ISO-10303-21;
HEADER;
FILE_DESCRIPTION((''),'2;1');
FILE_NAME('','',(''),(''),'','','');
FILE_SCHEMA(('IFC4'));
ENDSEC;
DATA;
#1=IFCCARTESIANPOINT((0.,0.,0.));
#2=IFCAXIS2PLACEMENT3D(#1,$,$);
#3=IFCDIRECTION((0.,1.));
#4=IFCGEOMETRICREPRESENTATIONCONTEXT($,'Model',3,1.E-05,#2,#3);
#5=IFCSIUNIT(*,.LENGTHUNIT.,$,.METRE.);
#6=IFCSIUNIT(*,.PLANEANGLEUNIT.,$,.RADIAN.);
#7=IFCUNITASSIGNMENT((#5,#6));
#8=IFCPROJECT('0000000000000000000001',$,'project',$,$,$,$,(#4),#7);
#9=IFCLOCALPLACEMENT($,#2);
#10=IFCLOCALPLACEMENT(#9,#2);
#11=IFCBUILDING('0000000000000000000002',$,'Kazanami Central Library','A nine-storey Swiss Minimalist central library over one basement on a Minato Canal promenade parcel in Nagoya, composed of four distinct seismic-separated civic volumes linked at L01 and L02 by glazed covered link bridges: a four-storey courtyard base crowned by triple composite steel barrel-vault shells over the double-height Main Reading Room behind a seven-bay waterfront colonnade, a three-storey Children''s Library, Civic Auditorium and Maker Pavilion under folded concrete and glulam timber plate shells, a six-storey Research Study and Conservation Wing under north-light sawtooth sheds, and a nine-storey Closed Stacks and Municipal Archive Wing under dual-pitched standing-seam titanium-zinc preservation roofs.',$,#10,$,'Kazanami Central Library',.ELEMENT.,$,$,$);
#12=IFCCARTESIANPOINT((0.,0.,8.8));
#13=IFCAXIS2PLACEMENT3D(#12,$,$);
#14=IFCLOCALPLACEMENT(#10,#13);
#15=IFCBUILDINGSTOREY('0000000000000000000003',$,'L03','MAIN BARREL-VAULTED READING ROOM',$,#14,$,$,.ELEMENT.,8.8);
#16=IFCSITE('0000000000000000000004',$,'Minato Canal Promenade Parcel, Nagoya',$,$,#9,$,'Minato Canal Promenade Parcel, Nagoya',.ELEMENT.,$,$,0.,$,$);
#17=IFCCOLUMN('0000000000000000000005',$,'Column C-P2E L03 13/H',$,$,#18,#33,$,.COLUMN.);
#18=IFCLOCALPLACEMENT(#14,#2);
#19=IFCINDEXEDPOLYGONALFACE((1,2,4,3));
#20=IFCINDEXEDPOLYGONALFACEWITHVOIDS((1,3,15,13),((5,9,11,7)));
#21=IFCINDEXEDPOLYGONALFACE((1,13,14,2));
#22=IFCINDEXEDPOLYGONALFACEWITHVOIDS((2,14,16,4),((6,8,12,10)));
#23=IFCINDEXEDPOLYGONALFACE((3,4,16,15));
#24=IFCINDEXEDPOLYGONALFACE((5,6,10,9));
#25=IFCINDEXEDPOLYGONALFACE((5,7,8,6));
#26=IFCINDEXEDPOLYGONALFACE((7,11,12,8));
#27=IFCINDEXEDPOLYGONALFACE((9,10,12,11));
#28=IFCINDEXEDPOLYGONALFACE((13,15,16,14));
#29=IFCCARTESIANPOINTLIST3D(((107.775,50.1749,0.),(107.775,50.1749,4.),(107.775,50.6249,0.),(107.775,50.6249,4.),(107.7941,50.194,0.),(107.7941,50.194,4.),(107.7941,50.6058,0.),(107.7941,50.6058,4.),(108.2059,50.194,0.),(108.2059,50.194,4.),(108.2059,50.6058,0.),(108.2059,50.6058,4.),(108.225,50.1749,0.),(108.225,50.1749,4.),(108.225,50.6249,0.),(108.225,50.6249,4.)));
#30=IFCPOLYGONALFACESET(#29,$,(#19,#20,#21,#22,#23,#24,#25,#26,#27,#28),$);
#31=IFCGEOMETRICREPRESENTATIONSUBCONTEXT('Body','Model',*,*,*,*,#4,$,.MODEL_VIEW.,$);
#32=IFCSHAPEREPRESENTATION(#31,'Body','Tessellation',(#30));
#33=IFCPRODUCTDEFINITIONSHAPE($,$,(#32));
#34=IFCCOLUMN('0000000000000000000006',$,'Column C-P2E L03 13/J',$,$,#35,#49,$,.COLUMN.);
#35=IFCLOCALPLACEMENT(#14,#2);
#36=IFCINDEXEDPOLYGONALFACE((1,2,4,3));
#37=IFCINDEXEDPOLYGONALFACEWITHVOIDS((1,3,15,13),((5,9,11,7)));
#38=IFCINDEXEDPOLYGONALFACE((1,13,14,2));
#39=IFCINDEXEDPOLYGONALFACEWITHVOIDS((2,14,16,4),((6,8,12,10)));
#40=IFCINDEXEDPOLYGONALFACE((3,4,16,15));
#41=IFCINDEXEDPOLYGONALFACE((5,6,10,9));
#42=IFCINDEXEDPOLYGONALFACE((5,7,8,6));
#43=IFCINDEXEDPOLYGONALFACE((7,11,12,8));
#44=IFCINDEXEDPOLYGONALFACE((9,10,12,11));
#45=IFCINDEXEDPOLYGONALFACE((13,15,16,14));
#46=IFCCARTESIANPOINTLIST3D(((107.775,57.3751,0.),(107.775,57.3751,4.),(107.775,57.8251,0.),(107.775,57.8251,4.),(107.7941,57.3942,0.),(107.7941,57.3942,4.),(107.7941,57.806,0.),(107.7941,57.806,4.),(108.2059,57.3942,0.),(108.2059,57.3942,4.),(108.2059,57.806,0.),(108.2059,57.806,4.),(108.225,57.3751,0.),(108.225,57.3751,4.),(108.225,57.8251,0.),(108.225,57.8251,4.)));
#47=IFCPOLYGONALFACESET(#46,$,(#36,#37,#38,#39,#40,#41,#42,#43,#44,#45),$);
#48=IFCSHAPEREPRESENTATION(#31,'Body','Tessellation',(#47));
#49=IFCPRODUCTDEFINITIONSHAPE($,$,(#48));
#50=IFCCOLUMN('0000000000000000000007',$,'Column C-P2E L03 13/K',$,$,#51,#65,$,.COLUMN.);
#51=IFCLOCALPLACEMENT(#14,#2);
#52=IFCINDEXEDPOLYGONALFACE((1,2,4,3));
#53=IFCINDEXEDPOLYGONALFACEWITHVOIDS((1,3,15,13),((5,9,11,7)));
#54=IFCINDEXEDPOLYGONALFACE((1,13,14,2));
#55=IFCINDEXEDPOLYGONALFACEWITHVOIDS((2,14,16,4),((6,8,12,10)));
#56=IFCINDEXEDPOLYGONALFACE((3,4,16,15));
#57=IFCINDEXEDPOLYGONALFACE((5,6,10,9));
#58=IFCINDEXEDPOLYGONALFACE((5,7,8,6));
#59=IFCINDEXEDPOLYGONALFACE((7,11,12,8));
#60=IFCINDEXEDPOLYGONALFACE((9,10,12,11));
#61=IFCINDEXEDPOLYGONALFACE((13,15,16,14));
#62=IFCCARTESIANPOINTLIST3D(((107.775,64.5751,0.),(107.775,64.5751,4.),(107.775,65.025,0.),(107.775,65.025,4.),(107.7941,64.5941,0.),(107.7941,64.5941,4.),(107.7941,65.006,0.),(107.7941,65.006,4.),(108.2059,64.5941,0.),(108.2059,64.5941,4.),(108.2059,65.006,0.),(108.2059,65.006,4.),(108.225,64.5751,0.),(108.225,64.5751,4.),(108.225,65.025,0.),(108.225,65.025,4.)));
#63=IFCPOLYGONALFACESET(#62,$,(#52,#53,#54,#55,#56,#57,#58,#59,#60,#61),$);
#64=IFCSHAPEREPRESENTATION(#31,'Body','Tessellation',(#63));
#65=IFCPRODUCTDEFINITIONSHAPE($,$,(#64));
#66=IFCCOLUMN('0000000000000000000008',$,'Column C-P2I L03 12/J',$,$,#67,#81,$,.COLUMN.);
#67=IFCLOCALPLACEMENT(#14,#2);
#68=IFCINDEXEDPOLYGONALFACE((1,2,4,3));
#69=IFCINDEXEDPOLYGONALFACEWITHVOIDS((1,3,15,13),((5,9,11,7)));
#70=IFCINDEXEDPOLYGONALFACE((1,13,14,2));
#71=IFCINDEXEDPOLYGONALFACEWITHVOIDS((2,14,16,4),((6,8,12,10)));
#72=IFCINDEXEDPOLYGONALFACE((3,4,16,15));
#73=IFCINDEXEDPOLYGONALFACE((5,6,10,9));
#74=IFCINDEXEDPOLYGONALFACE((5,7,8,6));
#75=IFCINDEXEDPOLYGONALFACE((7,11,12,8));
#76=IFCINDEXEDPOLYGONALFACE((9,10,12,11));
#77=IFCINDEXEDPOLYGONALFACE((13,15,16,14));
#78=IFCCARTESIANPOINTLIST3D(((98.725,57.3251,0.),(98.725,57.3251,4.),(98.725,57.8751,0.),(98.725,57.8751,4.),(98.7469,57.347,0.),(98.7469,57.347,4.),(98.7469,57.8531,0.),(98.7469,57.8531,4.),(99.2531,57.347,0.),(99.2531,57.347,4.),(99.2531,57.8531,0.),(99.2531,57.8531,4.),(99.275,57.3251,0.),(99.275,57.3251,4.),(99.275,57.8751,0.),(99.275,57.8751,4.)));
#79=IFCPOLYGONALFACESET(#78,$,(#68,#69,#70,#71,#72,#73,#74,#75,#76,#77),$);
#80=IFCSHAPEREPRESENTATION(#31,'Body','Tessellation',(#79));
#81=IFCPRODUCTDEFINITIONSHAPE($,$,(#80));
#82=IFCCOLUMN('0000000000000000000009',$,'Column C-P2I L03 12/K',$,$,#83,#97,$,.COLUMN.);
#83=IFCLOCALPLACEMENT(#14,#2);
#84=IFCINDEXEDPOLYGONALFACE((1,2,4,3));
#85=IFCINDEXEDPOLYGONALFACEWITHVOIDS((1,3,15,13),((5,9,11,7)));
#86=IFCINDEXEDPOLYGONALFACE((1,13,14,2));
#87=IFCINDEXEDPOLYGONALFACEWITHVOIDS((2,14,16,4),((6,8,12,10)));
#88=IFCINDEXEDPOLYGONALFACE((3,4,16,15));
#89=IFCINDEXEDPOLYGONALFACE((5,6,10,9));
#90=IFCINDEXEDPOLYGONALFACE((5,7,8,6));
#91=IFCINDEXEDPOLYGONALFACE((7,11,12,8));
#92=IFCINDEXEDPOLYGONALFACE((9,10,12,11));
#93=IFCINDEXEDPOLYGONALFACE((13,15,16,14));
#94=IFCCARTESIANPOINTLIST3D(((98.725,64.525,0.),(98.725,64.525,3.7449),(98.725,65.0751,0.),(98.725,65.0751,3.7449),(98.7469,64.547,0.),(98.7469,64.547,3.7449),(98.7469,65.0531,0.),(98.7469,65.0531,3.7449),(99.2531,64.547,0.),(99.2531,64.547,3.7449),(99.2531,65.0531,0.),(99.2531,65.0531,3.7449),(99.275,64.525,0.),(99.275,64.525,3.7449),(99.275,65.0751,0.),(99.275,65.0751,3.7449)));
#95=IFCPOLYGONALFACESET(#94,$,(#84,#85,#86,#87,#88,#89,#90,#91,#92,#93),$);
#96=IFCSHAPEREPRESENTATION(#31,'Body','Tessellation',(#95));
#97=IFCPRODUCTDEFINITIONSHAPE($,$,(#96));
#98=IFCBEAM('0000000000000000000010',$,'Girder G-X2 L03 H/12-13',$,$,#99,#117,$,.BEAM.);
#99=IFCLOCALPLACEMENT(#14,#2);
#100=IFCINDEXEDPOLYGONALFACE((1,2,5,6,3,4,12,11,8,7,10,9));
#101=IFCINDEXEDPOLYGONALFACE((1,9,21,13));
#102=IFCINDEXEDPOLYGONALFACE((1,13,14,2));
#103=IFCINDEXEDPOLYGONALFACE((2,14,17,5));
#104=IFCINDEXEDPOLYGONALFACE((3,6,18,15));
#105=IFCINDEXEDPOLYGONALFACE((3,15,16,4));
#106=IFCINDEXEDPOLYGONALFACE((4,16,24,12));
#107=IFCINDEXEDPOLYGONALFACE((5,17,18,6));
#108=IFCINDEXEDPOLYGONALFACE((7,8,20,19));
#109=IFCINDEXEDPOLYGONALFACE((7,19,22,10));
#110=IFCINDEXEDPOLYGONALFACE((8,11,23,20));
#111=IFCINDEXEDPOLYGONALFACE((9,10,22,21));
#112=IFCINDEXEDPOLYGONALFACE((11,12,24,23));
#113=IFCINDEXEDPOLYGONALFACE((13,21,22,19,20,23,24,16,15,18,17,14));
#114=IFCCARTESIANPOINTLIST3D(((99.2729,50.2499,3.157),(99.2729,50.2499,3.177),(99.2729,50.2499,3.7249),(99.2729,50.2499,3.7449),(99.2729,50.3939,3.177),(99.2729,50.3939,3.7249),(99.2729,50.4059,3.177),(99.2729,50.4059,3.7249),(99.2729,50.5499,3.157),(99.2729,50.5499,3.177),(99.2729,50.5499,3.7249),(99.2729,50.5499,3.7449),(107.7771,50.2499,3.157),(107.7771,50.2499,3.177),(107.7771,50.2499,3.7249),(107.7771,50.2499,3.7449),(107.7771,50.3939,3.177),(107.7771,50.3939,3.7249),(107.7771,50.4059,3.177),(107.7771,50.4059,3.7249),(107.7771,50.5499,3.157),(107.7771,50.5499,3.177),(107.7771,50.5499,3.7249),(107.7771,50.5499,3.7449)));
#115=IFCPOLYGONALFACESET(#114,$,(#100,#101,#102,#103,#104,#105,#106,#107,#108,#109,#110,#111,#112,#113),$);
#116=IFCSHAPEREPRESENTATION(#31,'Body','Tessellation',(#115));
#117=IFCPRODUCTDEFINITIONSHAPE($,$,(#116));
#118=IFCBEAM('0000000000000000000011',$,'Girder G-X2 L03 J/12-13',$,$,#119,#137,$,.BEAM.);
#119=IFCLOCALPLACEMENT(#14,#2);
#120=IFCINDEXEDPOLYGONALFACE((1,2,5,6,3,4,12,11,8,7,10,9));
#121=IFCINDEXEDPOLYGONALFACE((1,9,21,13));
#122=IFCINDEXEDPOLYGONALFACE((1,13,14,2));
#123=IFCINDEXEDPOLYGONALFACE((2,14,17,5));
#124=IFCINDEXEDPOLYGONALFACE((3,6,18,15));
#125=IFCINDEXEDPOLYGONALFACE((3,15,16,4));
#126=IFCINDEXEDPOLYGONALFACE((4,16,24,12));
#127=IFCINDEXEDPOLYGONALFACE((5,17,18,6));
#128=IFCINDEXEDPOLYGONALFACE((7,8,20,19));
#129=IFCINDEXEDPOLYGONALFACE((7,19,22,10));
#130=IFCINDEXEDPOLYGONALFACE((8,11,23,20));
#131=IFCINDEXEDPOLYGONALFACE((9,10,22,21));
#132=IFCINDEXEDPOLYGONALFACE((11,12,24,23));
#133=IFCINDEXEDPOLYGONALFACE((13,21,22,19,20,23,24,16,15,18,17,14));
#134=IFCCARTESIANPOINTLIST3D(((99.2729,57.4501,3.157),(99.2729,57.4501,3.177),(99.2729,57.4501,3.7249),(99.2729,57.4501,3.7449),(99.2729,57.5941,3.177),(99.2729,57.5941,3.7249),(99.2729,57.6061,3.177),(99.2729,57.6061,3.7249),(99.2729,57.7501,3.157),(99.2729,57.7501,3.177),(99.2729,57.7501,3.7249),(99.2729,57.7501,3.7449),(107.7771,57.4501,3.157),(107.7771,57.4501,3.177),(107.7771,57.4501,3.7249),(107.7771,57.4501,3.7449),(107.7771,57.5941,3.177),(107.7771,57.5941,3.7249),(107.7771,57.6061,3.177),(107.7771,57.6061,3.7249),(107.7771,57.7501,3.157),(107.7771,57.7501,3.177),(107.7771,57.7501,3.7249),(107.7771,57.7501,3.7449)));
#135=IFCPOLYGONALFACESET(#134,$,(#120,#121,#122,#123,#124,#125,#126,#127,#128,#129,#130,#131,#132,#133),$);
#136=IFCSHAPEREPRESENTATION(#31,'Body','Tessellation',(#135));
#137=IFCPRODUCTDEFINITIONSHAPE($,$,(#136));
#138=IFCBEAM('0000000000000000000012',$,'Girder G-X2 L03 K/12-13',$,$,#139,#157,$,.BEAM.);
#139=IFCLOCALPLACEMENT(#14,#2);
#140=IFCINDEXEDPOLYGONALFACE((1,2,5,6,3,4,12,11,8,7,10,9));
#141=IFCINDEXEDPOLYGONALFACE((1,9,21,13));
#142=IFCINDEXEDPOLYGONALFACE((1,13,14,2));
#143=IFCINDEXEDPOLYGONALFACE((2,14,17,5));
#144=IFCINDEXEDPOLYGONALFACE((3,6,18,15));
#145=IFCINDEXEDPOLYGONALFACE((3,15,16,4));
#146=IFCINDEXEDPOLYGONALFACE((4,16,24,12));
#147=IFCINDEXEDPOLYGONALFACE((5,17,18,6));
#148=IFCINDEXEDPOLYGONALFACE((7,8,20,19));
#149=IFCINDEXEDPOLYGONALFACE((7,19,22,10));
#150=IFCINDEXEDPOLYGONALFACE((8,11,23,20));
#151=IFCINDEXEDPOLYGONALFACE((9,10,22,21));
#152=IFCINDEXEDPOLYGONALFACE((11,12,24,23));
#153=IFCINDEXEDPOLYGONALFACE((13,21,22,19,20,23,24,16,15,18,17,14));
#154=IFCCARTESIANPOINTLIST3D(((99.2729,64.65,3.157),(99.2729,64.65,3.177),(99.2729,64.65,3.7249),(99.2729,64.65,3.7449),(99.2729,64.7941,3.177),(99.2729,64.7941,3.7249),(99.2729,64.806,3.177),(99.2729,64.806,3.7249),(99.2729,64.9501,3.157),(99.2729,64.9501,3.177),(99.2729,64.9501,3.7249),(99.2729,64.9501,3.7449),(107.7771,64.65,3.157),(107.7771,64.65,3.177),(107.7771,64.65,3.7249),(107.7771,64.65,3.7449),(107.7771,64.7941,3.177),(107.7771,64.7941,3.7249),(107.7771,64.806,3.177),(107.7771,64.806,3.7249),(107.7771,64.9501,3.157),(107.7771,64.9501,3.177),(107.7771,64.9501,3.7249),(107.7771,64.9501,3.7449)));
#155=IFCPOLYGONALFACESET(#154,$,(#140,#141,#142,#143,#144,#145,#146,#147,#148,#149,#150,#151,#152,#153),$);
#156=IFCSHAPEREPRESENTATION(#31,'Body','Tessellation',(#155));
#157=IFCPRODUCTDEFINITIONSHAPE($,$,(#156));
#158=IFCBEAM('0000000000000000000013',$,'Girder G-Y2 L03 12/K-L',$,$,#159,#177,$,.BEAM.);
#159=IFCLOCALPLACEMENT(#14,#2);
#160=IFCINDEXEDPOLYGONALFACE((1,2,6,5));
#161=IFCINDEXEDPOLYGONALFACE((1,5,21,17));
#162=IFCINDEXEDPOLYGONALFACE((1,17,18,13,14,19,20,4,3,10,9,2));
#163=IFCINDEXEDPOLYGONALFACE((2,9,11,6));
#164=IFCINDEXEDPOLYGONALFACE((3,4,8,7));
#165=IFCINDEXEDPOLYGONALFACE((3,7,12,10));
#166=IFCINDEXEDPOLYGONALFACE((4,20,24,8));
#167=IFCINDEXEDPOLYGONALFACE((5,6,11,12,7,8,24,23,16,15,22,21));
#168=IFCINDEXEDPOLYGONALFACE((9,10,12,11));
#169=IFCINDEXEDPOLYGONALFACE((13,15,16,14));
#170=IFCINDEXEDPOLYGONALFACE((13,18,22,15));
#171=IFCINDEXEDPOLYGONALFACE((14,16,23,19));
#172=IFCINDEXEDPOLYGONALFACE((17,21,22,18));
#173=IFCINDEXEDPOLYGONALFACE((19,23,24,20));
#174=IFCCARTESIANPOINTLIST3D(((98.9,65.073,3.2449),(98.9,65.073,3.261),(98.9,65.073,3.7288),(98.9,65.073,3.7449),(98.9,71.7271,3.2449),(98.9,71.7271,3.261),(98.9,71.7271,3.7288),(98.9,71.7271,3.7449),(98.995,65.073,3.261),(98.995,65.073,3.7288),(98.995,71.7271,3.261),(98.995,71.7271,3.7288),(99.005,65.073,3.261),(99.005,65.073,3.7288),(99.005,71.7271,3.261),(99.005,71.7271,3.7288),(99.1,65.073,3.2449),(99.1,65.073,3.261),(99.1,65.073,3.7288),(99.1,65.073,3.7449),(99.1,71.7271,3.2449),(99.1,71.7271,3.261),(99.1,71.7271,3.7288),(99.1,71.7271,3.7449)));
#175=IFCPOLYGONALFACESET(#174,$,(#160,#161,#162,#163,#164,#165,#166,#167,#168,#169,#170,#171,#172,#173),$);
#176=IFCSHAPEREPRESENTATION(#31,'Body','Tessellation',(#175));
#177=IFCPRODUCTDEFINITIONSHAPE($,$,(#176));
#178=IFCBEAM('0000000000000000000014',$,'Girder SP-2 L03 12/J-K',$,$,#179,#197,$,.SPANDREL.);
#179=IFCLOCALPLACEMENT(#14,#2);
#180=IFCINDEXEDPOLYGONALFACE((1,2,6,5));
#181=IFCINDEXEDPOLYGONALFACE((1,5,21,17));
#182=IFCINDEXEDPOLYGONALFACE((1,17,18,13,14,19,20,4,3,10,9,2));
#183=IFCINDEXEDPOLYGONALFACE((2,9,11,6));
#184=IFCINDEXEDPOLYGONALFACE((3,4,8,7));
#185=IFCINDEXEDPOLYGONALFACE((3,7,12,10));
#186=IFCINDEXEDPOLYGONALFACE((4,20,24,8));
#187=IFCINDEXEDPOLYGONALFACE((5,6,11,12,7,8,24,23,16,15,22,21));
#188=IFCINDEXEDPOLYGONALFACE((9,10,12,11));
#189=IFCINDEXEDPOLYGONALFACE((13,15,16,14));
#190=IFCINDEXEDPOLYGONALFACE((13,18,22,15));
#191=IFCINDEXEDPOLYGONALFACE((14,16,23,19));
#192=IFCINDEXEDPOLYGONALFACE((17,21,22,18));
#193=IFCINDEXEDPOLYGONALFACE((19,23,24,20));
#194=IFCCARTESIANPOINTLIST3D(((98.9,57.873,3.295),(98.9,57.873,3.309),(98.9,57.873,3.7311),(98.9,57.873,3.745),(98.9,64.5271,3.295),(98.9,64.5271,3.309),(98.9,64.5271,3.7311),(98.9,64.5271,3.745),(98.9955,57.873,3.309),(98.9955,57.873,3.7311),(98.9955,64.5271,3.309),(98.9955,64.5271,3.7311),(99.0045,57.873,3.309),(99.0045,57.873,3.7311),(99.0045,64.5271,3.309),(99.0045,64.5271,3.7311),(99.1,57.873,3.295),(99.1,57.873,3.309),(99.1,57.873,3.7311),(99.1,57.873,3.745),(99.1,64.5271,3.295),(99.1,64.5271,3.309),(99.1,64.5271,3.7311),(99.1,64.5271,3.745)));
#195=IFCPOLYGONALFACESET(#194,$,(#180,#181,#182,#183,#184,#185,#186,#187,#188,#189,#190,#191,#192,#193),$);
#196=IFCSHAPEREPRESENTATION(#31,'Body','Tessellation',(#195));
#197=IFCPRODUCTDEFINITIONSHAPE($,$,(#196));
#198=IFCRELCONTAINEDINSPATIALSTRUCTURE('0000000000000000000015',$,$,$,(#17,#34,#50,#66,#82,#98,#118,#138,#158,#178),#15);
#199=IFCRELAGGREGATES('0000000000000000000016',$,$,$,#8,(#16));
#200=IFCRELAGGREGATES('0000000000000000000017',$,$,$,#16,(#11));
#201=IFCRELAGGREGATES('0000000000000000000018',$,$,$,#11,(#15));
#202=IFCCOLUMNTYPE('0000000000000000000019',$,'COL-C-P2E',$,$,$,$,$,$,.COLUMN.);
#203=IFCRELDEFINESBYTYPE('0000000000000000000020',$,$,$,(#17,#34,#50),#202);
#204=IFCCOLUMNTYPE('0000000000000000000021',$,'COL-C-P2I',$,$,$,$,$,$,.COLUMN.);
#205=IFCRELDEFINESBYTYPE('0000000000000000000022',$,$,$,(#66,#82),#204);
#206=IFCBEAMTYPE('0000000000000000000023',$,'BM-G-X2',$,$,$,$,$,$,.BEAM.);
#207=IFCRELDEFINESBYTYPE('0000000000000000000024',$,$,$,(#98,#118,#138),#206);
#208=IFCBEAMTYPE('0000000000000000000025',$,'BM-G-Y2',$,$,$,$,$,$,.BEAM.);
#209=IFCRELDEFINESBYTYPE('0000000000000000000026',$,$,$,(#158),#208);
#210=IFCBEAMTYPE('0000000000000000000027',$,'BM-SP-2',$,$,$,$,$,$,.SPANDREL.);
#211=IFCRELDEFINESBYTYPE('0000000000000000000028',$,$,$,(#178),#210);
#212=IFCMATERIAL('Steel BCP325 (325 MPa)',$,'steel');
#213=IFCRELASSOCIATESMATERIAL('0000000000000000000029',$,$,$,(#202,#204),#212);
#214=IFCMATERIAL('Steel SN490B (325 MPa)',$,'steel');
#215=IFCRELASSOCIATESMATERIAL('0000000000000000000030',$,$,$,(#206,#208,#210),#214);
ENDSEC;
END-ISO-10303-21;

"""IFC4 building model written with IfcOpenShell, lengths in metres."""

from ifc_helpers import new_model, si_unit, direction, frame, origin, origin_2d, place, context, subcontext, project, spatial, hollow_rectangle, i_section, extrude, material, material_profile, profile_set, type_object, element, save


model = new_model("IFC4")

# Units and contexts
model_context = context("Model", 3, precision=1e-05, world=origin(), true_north=direction((0.0, 1.0)))
body_context = subcontext(model_context, "Body", "Model", "MODEL_VIEW")
ifc_project = project(units=[si_unit("LENGTHUNIT", "METRE"), si_unit("PLANEANGLEUNIT", "RADIAN")], contexts=[model_context])

# Site, building, storey
site_placement = place(None, origin())
site = spatial("IfcSite", under=ifc_project, at=site_placement, Name="Minato Canal Promenade Parcel, Nagoya", LongName="Minato Canal Promenade Parcel, Nagoya", CompositionType="ELEMENT", RefElevation=0.0)
building_placement = place(site_placement, origin())
building = spatial("IfcBuilding", under=site, at=building_placement, Name="Kazanami Central Library", Description="A nine-storey Swiss Minimalist central library over one basement on a Minato Canal promenade parcel in Nagoya, composed of four distinct seismic-separated civic volumes linked at L01 and L02 by glazed covered link bridges: a four-storey courtyard base crowned by triple composite steel barrel-vault shells over the double-height Main Reading Room behind a seven-bay waterfront colonnade, a three-storey Children's Library, Civic Auditorium and Maker Pavilion under folded concrete and glulam timber plate shells, a six-storey Research Study and Conservation Wing under north-light sawtooth sheds, and a nine-storey Closed Stacks and Municipal Archive Wing under dual-pitched standing-seam titanium-zinc preservation roofs.", LongName="Kazanami Central Library", CompositionType="ELEMENT")
storey_placement = place(building_placement, frame((0.0, 0.0, 8.8)))
storey = spatial("IfcBuildingStorey", under=building, at=storey_placement, Name="L03", Description="MAIN BARREL-VAULTED READING ROOM", CompositionType="ELEMENT", Elevation=8.8)

# Columns
ifc_material_1 = material(Name="Steel BCP325 (325 MPa)", Category="steel")
ifc_material_profile_1 = material_profile(ifc_material_1, hollow_rectangle(XDim=0.45, YDim=0.45, WallThickness=0.019, at=origin_2d()), Name="BCP-450x450x19")
ifc_profile_set_1 = profile_set([ifc_material_profile_1], Name="Steel BCP325 (325 MPa)")
column_type_1 = type_object("IfcColumnType", Name="COL-C-P2E", PredefinedType="COLUMN", material=ifc_profile_set_1)
for number, where, z_axis, x_axis, name in (
    (1, (108.0, 50.3999, 0.0), (0.0, 0.0, 1.0), (1.0, 0.0, 0.0), "Column C-P2E L03 13/H"),
    (2, (108.0, 57.6001, 0.0), (0.0, 0.0, 1.0), (1.0, 0.0, 0.0), "Column C-P2E L03 13/J"),
    (3, (108.0, 64.8, 0.0), (0.0, 0.0, 1.0), (1.0, 0.0, 0.0), "Column C-P2E L03 13/K"),
):
    element("IfcColumn", number, at=place(storey_placement, frame(where, z_axis=z_axis, x_axis=x_axis)), inside=storey, type_object=column_type_1, Name=name, PredefinedType="COLUMN", context=body_context, shape_type="SweptSolid", body=[
        extrude(hollow_rectangle(XDim=0.45, YDim=0.45, WallThickness=0.019, at=origin_2d()), origin(), (0.0, 0.0, 1.0), 4.0),
    ])
ifc_material_profile_2 = material_profile(ifc_material_1, hollow_rectangle(XDim=0.55, YDim=0.55, WallThickness=0.022, at=origin_2d()), Name="BCP-550x550x22")
ifc_profile_set_2 = profile_set([ifc_material_profile_2], Name="Steel BCP325 (325 MPa)")
column_type_2 = type_object("IfcColumnType", Name="COL-C-P2I", PredefinedType="COLUMN", material=ifc_profile_set_2)
column_1_placement = place(storey_placement, frame((99.0, 57.6001, 0.0), z_axis=(0.0, 0.0, 1.0), x_axis=(1.0, 0.0, 0.0)))
element("IfcColumn", 4, at=column_1_placement, inside=storey, type_object=column_type_2, Name="Column C-P2I L03 12/J", PredefinedType="COLUMN", context=body_context, shape_type="SweptSolid", body=[
    extrude(hollow_rectangle(XDim=0.55, YDim=0.55, WallThickness=0.022, at=origin_2d()), origin(), (0.0, 0.0, 1.0), 4.0),
])
column_2_placement = place(storey_placement, frame((99.0, 64.8, 0.0), z_axis=(0.0, 0.0, 1.0), x_axis=(1.0, 0.0, 0.0)))
element("IfcColumn", 5, at=column_2_placement, inside=storey, type_object=column_type_2, Name="Column C-P2I L03 12/K", PredefinedType="COLUMN", context=body_context, shape_type="SweptSolid", body=[
    extrude(hollow_rectangle(XDim=0.55, YDim=0.55, WallThickness=0.022, at=origin_2d()), origin(), (0.0, 0.0, 1.0), 3.7449),
])

# Beams
ifc_material_2 = material(Name="Steel SN490B (325 MPa)", Category="steel")
ifc_material_profile_3 = material_profile(ifc_material_2, i_section(OverallWidth=0.3, OverallDepth=0.5879, WebThickness=0.012, FlangeThickness=0.02, at=origin_2d()), Name="H-588x300x12x20")
ifc_profile_set_3 = profile_set([ifc_material_profile_3], Name="Steel SN490B (325 MPa)")
beam_type_1 = type_object("IfcBeamType", Name="BM-G-X2", PredefinedType="BEAM", material=ifc_profile_set_3)
for number, where, z_axis, x_axis, name in (
    (6, (99.2729, 50.3999, 3.4509), (1.0, 0.0, 0.0), (0.0, 1.0, 0.0), "Girder G-X2 L03 H/12-13"),
    (7, (99.2729, 57.6001, 3.4509), (1.0, 0.0, 0.0), (0.0, 1.0, 0.0), "Girder G-X2 L03 J/12-13"),
    (8, (99.2729, 64.8, 3.4509), (1.0, 0.0, 0.0), (0.0, 1.0, 0.0), "Girder G-X2 L03 K/12-13"),
):
    element("IfcBeam", number, at=place(storey_placement, frame(where, z_axis=z_axis, x_axis=x_axis)), inside=storey, type_object=beam_type_1, Name=name, PredefinedType="BEAM", context=body_context, shape_type="SweptSolid", body=[
        extrude(i_section(OverallWidth=0.3, OverallDepth=0.5879, WebThickness=0.012, FlangeThickness=0.02, at=origin_2d()), origin(), (0.0, 0.0, 1.0), 8.5042),
    ])
ifc_material_profile_4 = material_profile(ifc_material_2, i_section(OverallWidth=0.2, OverallDepth=0.5, WebThickness=0.01, FlangeThickness=0.0161, at=origin_2d()), Name="H-500x200x10x16")
ifc_profile_set_4 = profile_set([ifc_material_profile_4], Name="Steel SN490B (325 MPa)")
beam_type_2 = type_object("IfcBeamType", Name="BM-G-Y2", PredefinedType="BEAM", material=ifc_profile_set_4)
beam_1_placement = place(storey_placement, frame((99.0, 65.073, 3.4949), z_axis=(0.0, 1.0, 0.0), x_axis=(-1.0, 0.0, 0.0)))
element("IfcBeam", 9, at=beam_1_placement, inside=storey, type_object=beam_type_2, Name="Girder G-Y2 L03 12/K-L", PredefinedType="BEAM", context=body_context, shape_type="SweptSolid", body=[
    extrude(i_section(OverallWidth=0.2, OverallDepth=0.5, WebThickness=0.01, FlangeThickness=0.0161, at=origin_2d()), origin(), (0.0, 0.0, 1.0), 6.6541),
])
ifc_material_profile_5 = material_profile(ifc_material_2, i_section(OverallWidth=0.2, OverallDepth=0.45, WebThickness=0.009, FlangeThickness=0.0139, at=origin_2d()), Name="H-450x200x9x14")
ifc_profile_set_5 = profile_set([ifc_material_profile_5], Name="Steel SN490B (325 MPa)")
beam_type_3 = type_object("IfcBeamType", Name="BM-SP-2", PredefinedType="SPANDREL", material=ifc_profile_set_5)
beam_2_placement = place(storey_placement, frame((99.0, 57.873, 3.52), z_axis=(0.0, 1.0, 0.0), x_axis=(-1.0, 0.0, 0.0)))
element("IfcBeam", 10, at=beam_2_placement, inside=storey, type_object=beam_type_3, Name="Girder SP-2 L03 12/J-K", PredefinedType="SPANDREL", context=body_context, shape_type="SweptSolid", body=[
    extrude(i_section(OverallWidth=0.2, OverallDepth=0.45, WebThickness=0.009, FlangeThickness=0.0139, at=origin_2d()), origin(), (0.0, 0.0, 1.0), 6.6541),
])

save(model, "model.ifc")
